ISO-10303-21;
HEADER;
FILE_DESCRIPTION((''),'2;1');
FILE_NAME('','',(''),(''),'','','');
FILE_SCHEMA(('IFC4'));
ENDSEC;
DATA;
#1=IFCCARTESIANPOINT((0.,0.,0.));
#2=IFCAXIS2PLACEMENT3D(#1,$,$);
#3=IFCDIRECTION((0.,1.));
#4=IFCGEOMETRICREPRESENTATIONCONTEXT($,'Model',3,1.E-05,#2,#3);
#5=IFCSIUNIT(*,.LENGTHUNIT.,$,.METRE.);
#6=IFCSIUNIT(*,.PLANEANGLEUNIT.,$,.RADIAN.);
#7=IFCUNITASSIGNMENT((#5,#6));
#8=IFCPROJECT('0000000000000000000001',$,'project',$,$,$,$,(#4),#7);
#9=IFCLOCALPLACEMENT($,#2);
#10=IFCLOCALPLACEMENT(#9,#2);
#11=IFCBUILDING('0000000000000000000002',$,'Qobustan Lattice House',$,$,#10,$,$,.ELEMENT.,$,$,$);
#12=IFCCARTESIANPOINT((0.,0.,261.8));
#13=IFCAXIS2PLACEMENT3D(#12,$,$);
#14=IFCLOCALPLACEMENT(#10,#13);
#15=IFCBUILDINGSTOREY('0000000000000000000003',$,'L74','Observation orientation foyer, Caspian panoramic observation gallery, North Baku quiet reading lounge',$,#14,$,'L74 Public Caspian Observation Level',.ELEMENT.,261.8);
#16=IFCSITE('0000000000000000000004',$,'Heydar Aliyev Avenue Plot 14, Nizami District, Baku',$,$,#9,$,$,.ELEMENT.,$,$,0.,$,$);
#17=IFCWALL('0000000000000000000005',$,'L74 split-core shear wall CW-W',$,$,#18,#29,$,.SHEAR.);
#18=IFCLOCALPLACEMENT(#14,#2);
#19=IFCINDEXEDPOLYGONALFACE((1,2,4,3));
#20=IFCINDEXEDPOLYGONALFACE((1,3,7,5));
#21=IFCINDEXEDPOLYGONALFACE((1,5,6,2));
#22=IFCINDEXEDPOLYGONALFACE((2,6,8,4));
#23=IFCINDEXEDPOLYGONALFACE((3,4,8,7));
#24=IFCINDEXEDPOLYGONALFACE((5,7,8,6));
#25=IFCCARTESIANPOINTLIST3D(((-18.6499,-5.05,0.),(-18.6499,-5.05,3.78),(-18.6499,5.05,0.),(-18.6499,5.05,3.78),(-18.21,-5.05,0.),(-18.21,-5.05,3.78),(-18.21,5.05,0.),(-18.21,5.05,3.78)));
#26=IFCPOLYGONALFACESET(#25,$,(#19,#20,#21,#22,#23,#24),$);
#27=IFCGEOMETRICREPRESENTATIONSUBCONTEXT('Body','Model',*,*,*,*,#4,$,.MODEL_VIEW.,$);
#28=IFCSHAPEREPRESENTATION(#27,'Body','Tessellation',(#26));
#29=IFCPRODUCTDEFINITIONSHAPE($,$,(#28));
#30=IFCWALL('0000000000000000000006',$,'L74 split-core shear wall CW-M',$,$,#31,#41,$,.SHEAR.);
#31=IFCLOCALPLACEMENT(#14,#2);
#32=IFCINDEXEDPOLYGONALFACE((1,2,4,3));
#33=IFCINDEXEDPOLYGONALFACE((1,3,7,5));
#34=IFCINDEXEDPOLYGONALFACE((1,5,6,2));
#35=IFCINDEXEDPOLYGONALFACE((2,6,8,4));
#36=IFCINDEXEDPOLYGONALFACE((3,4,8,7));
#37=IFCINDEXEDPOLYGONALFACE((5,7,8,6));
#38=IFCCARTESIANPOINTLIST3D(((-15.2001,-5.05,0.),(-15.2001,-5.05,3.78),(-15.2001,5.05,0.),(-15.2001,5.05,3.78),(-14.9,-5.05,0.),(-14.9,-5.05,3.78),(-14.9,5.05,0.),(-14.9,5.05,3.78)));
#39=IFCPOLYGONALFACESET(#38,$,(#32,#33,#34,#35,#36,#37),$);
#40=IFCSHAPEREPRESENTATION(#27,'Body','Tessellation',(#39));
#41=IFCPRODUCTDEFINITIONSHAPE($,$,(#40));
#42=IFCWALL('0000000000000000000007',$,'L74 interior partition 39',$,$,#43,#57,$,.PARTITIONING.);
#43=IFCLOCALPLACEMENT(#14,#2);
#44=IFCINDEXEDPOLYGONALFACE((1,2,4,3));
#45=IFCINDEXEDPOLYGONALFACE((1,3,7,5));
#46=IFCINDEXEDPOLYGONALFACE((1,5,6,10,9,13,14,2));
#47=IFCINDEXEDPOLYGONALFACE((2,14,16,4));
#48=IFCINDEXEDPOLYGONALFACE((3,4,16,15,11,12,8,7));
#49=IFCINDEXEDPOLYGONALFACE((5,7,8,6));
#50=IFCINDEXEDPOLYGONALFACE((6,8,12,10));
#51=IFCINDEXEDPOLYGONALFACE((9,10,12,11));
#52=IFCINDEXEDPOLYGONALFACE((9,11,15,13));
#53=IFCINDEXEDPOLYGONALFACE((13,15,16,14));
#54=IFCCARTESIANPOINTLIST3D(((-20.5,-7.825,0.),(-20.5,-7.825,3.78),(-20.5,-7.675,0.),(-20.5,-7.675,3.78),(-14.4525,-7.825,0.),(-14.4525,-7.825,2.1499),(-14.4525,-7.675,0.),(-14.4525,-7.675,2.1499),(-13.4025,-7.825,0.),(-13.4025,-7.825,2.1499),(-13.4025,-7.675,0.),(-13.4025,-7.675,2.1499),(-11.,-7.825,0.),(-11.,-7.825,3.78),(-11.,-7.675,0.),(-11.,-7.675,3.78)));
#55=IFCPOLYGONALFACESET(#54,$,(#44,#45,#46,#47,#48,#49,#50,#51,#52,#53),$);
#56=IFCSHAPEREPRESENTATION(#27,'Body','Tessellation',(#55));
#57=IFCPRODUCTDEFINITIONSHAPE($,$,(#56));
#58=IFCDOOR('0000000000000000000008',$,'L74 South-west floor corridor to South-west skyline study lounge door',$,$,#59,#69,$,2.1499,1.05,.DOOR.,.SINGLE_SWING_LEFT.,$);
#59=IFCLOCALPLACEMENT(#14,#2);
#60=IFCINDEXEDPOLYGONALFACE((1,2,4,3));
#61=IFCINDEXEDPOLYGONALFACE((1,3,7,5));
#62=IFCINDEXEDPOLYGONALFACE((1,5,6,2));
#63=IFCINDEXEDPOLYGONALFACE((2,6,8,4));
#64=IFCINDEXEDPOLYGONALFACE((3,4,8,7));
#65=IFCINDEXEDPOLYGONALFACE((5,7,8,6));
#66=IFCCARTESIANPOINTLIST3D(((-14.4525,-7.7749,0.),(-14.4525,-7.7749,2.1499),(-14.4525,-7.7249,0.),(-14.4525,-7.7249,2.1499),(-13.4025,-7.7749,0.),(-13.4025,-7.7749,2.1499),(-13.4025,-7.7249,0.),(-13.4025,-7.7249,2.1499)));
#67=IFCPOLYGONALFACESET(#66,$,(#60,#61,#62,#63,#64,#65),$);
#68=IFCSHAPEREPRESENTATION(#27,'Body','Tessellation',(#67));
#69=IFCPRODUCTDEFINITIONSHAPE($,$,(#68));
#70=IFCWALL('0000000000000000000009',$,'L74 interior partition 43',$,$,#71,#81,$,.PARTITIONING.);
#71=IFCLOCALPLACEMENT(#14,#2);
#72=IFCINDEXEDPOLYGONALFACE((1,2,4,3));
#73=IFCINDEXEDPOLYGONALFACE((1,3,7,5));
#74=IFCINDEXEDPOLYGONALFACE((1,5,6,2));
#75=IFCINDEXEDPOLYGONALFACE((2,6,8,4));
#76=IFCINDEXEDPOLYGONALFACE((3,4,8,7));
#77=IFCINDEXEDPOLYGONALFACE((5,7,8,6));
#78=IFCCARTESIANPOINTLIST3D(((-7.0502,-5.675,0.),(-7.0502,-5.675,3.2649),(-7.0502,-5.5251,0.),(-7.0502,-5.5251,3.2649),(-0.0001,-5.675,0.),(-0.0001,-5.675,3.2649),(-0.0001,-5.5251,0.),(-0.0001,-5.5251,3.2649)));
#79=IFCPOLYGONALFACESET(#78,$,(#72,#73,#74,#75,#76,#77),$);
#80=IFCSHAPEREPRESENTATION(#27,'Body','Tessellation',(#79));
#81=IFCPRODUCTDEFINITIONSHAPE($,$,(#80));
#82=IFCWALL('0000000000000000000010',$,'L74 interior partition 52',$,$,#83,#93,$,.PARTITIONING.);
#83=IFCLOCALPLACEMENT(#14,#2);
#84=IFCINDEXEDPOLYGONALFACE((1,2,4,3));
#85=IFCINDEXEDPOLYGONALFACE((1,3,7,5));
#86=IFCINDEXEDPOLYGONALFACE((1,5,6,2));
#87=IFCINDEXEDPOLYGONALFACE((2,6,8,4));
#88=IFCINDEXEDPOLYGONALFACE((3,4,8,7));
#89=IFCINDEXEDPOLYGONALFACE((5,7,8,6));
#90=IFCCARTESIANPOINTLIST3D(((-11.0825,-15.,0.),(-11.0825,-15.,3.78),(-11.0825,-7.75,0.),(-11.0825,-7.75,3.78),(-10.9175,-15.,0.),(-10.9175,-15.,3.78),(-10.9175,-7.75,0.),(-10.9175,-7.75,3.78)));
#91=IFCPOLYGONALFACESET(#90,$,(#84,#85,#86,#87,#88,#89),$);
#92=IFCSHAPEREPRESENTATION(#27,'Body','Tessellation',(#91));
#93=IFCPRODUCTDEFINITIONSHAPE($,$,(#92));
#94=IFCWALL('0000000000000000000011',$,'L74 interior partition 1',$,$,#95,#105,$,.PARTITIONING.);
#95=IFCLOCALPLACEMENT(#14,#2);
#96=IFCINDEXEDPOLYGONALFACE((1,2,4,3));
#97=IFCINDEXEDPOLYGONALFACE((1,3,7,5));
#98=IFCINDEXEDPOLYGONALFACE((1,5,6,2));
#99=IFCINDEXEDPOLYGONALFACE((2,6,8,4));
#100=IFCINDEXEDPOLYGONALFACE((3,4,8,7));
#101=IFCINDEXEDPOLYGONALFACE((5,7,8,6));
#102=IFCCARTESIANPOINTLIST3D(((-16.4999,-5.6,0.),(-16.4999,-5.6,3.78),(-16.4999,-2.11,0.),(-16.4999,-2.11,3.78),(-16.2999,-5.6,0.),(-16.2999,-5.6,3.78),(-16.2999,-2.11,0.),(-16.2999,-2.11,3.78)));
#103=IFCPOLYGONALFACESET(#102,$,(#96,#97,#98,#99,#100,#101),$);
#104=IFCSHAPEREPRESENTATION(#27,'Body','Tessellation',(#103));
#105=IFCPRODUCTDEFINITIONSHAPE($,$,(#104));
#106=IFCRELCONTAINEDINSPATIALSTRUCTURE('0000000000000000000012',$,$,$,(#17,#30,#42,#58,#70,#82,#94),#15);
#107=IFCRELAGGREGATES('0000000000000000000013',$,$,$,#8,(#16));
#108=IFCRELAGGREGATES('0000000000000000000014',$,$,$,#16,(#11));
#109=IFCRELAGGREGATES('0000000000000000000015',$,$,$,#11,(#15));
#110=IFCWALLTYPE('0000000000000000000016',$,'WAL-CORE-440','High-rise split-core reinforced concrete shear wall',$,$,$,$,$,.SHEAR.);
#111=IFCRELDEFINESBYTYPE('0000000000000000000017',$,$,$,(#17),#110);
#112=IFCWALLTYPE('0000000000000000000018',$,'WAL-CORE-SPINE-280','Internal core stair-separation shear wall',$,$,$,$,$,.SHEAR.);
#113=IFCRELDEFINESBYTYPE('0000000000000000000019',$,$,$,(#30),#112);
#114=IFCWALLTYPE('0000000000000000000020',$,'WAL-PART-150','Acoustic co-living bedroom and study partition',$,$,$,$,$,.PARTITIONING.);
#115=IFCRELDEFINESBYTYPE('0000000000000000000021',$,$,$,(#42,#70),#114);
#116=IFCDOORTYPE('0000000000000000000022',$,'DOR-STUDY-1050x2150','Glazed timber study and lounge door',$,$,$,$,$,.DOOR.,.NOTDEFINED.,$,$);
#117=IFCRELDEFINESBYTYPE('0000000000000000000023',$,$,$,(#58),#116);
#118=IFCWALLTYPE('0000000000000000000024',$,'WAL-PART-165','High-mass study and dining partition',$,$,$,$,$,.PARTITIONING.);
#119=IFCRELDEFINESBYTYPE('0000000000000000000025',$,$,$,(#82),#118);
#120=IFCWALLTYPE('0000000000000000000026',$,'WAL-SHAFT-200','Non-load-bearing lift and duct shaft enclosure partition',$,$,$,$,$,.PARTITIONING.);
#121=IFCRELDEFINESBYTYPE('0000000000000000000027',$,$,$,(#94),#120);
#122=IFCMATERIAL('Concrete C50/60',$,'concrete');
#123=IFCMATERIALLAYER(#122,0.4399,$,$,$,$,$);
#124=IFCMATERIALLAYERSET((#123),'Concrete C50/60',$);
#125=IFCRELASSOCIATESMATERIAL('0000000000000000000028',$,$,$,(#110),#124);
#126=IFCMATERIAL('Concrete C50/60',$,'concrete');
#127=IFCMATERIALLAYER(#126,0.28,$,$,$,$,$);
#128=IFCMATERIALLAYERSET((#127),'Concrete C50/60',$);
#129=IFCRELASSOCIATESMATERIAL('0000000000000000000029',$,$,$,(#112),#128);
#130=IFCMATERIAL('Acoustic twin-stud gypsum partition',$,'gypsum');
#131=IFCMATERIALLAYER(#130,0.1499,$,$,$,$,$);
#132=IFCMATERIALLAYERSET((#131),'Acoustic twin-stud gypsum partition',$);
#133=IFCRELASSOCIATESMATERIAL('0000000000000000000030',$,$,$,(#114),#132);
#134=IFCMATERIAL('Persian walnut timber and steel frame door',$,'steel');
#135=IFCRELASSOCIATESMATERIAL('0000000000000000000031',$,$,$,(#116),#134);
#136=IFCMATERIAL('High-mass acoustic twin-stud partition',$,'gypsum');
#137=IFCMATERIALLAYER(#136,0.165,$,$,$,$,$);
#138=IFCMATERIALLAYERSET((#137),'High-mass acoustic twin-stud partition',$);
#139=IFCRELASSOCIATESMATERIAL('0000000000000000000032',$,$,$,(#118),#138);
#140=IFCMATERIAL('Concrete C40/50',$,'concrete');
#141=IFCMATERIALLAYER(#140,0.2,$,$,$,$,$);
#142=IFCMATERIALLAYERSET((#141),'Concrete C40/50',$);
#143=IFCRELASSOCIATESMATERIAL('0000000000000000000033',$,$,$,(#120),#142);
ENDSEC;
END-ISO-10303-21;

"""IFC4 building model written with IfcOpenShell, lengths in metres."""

from ifc_helpers import new_model, si_unit, direction, frame, frame_2d, origin, place, context, subcontext, project, spatial, rectangle, extrude, material, layer, layer_set, type_object, element, fill, save


model = new_model("IFC4")

# Units and contexts
model_context = context("Model", 3, precision=1e-05, world=origin(), true_north=direction((0.0, 1.0)))
body_context = subcontext(model_context, "Body", "Model", "MODEL_VIEW")
ifc_project = project(units=[si_unit("LENGTHUNIT", "METRE"), si_unit("PLANEANGLEUNIT", "RADIAN")], contexts=[model_context])

# Site, building, storey
site_placement = place(None, origin())
site = spatial("IfcSite", under=ifc_project, at=site_placement, Name="Heydar Aliyev Avenue Plot 14, Nizami District, Baku", CompositionType="ELEMENT", RefElevation=0.0)
building_placement = place(site_placement, origin())
building = spatial("IfcBuilding", under=site, at=building_placement, Name="Qobustan Lattice House", CompositionType="ELEMENT")
storey_placement = place(building_placement, frame((0.0, 0.0, 261.8)))
storey = spatial("IfcBuildingStorey", under=building, at=storey_placement, Name="L74", Description="Observation orientation foyer, Caspian panoramic observation gallery, North Baku quiet reading lounge", LongName="L74 Public Caspian Observation Level", CompositionType="ELEMENT", Elevation=261.8)

# Walls
ifc_material_1 = material(Name="Concrete C50/60", Category="concrete")
ifc_layer_1 = layer(ifc_material_1, 0.4399)
ifc_layer_set_1 = layer_set([ifc_layer_1], Name="Concrete C50/60")
wall_type_1 = type_object("IfcWallType", Name="WAL-CORE-440", Description="High-rise split-core reinforced concrete shear wall", PredefinedType="SHEAR", material=ifc_layer_set_1)
wall_1_placement = place(storey_placement, frame((-18.4299, -5.05, 0.0), z_axis=(0.0, 0.0, 1.0), x_axis=(0.0, 1.0, 0.0)))
element("IfcWall", 1, at=wall_1_placement, inside=storey, type_object=wall_type_1, Name="L74 split-core shear wall CW-W", PredefinedType="SHEAR", context=body_context, shape_type="SweptSolid", body=[
    extrude(rectangle(XDim=10.1001, YDim=0.4399, at=frame_2d((5.05, 0.0))), origin(), (0.0, 0.0, 1.0), 3.78),
])
ifc_material_2 = material(Name="Concrete C50/60", Category="concrete")
ifc_layer_2 = layer(ifc_material_2, 0.28)
ifc_layer_set_2 = layer_set([ifc_layer_2], Name="Concrete C50/60")
wall_type_2 = type_object("IfcWallType", Name="WAL-CORE-SPINE-280", Description="Internal core stair-separation shear wall", PredefinedType="SHEAR", material=ifc_layer_set_2)
wall_2_placement = place(storey_placement, frame((-15.05, -5.05, 0.0), z_axis=(0.0, 0.0, 1.0), x_axis=(0.0, 1.0, 0.0)))
element("IfcWall", 2, at=wall_2_placement, inside=storey, type_object=wall_type_2, Name="L74 split-core shear wall CW-M", PredefinedType="SHEAR", context=body_context, shape_type="SweptSolid", body=[
    extrude(rectangle(XDim=10.1001, YDim=0.3, at=frame_2d((5.05, 0.0))), origin(), (0.0, 0.0, 1.0), 3.78),
])

# Wall, opening, door
ifc_material_3 = material(Name="Acoustic twin-stud gypsum partition", Category="gypsum")
ifc_layer_3 = layer(ifc_material_3, 0.1499)
ifc_layer_set_3 = layer_set([ifc_layer_3], Name="Acoustic twin-stud gypsum partition")
wall_type_3 = type_object("IfcWallType", Name="WAL-PART-150", Description="Acoustic co-living bedroom and study partition", PredefinedType="PARTITIONING", material=ifc_layer_set_3)
wall_3_placement = place(storey_placement, frame((-11.0, -7.75, 0.0), z_axis=(0.0, 0.0, 1.0), x_axis=(-1.0, 0.0, 0.0)))
wall_3 = element("IfcWall", 3, at=wall_3_placement, inside=storey, type_object=wall_type_3, Name="L74 interior partition 39", PredefinedType="PARTITIONING", context=body_context, shape_type="SweptSolid", body=[
    extrude(rectangle(XDim=9.5, YDim=0.1499, at=frame_2d((4.75, 0.0))), origin(), (0.0, 0.0, 1.0), 3.78),
])
opening_placement = place(wall_3_placement, frame((2.4026, 0.0, 0.0)))
opening = element("IfcOpeningElement", 4, at=opening_placement, cuts=wall_3, PredefinedType="OPENING", context=body_context, shape_type="SweptSolid", body=[
    extrude(rectangle(XDim=1.05, YDim=2.1499, at=frame_2d((0.5249, 1.075))), frame((0.0, 0.085, 0.0), z_axis=(0.0, -1.0, 0.0), x_axis=(1.0, 0.0, 0.0)), (0.0, 0.0, 1.0), 0.1699),
])
ifc_material_4 = material(Name="Persian walnut timber and steel frame door", Category="steel")
door_type = type_object("IfcDoorType", Name="DOR-STUDY-1050x2150", Description="Glazed timber study and lounge door", OperationType="NOTDEFINED", PredefinedType="DOOR", material=ifc_material_4)
door_placement = place(opening_placement, origin())
door = element("IfcDoor", 5, at=door_placement, inside=storey, type_object=door_type, Name="L74 South-west floor corridor to South-west skyline study lounge door", OperationType="SINGLE_SWING_LEFT", OverallHeight=2.1499, OverallWidth=1.05, PredefinedType="DOOR", context=body_context, shape_type="SweptSolid", body=[
    extrude(rectangle(XDim=1.05, YDim=2.1499, at=frame_2d((0.5249, 1.075))), frame((0.0, 0.0249, 0.0), z_axis=(0.0, -1.0, 0.0), x_axis=(1.0, 0.0, 0.0)), (0.0, 0.0, 1.0), 0.05),
])
fill(opening, door)

# Walls
wall_4_placement = place(storey_placement, frame((-7.05, -5.6001, 0.0), z_axis=(0.0, 0.0, 1.0), x_axis=(1.0, 0.0, 0.0)))
element("IfcWall", 6, at=wall_4_placement, inside=storey, type_object=wall_type_3, Name="L74 interior partition 43", PredefinedType="PARTITIONING", context=body_context, shape_type="SweptSolid", body=[
    extrude(rectangle(XDim=7.05, YDim=0.1499, at=frame_2d((3.5249, 0.0))), origin(), (0.0, 0.0, 1.0), 3.2649),
])
ifc_material_5 = material(Name="High-mass acoustic twin-stud partition", Category="gypsum")
ifc_layer_4 = layer(ifc_material_5, 0.165)
ifc_layer_set_4 = layer_set([ifc_layer_4], Name="High-mass acoustic twin-stud partition")
wall_type_4 = type_object("IfcWallType", Name="WAL-PART-165", Description="High-mass study and dining partition", PredefinedType="PARTITIONING", material=ifc_layer_set_4)
wall_5_placement = place(storey_placement, frame((-11.0, -15.0, 0.0), z_axis=(0.0, 0.0, 1.0), x_axis=(0.0, 1.0, 0.0)))
element("IfcWall", 7, at=wall_5_placement, inside=storey, type_object=wall_type_4, Name="L74 interior partition 52", PredefinedType="PARTITIONING", context=body_context, shape_type="SweptSolid", body=[
    extrude(rectangle(XDim=7.25, YDim=0.165, at=frame_2d((3.625, 0.0))), origin(), (0.0, 0.0, 1.0), 3.78),
])
ifc_material_6 = material(Name="Concrete C40/50", Category="concrete")
ifc_layer_5 = layer(ifc_material_6, 0.2)
ifc_layer_set_5 = layer_set([ifc_layer_5], Name="Concrete C40/50")
wall_type_5 = type_object("IfcWallType", Name="WAL-SHAFT-200", Description="Non-load-bearing lift and duct shaft enclosure partition", PredefinedType="PARTITIONING", material=ifc_layer_set_5)
wall_6_placement = place(storey_placement, frame((-16.3999, -5.6001, 0.0), z_axis=(0.0, 0.0, 1.0), x_axis=(0.0, 1.0, 0.0)))
element("IfcWall", 8, at=wall_6_placement, inside=storey, type_object=wall_type_5, Name="L74 interior partition 1", PredefinedType="PARTITIONING", context=body_context, shape_type="SweptSolid", body=[
    extrude(rectangle(XDim=3.49, YDim=0.2, at=frame_2d((1.7451, 0.0))), origin(), (0.0, 0.0, 1.0), 3.78),
])

save(model, "model.ifc")
